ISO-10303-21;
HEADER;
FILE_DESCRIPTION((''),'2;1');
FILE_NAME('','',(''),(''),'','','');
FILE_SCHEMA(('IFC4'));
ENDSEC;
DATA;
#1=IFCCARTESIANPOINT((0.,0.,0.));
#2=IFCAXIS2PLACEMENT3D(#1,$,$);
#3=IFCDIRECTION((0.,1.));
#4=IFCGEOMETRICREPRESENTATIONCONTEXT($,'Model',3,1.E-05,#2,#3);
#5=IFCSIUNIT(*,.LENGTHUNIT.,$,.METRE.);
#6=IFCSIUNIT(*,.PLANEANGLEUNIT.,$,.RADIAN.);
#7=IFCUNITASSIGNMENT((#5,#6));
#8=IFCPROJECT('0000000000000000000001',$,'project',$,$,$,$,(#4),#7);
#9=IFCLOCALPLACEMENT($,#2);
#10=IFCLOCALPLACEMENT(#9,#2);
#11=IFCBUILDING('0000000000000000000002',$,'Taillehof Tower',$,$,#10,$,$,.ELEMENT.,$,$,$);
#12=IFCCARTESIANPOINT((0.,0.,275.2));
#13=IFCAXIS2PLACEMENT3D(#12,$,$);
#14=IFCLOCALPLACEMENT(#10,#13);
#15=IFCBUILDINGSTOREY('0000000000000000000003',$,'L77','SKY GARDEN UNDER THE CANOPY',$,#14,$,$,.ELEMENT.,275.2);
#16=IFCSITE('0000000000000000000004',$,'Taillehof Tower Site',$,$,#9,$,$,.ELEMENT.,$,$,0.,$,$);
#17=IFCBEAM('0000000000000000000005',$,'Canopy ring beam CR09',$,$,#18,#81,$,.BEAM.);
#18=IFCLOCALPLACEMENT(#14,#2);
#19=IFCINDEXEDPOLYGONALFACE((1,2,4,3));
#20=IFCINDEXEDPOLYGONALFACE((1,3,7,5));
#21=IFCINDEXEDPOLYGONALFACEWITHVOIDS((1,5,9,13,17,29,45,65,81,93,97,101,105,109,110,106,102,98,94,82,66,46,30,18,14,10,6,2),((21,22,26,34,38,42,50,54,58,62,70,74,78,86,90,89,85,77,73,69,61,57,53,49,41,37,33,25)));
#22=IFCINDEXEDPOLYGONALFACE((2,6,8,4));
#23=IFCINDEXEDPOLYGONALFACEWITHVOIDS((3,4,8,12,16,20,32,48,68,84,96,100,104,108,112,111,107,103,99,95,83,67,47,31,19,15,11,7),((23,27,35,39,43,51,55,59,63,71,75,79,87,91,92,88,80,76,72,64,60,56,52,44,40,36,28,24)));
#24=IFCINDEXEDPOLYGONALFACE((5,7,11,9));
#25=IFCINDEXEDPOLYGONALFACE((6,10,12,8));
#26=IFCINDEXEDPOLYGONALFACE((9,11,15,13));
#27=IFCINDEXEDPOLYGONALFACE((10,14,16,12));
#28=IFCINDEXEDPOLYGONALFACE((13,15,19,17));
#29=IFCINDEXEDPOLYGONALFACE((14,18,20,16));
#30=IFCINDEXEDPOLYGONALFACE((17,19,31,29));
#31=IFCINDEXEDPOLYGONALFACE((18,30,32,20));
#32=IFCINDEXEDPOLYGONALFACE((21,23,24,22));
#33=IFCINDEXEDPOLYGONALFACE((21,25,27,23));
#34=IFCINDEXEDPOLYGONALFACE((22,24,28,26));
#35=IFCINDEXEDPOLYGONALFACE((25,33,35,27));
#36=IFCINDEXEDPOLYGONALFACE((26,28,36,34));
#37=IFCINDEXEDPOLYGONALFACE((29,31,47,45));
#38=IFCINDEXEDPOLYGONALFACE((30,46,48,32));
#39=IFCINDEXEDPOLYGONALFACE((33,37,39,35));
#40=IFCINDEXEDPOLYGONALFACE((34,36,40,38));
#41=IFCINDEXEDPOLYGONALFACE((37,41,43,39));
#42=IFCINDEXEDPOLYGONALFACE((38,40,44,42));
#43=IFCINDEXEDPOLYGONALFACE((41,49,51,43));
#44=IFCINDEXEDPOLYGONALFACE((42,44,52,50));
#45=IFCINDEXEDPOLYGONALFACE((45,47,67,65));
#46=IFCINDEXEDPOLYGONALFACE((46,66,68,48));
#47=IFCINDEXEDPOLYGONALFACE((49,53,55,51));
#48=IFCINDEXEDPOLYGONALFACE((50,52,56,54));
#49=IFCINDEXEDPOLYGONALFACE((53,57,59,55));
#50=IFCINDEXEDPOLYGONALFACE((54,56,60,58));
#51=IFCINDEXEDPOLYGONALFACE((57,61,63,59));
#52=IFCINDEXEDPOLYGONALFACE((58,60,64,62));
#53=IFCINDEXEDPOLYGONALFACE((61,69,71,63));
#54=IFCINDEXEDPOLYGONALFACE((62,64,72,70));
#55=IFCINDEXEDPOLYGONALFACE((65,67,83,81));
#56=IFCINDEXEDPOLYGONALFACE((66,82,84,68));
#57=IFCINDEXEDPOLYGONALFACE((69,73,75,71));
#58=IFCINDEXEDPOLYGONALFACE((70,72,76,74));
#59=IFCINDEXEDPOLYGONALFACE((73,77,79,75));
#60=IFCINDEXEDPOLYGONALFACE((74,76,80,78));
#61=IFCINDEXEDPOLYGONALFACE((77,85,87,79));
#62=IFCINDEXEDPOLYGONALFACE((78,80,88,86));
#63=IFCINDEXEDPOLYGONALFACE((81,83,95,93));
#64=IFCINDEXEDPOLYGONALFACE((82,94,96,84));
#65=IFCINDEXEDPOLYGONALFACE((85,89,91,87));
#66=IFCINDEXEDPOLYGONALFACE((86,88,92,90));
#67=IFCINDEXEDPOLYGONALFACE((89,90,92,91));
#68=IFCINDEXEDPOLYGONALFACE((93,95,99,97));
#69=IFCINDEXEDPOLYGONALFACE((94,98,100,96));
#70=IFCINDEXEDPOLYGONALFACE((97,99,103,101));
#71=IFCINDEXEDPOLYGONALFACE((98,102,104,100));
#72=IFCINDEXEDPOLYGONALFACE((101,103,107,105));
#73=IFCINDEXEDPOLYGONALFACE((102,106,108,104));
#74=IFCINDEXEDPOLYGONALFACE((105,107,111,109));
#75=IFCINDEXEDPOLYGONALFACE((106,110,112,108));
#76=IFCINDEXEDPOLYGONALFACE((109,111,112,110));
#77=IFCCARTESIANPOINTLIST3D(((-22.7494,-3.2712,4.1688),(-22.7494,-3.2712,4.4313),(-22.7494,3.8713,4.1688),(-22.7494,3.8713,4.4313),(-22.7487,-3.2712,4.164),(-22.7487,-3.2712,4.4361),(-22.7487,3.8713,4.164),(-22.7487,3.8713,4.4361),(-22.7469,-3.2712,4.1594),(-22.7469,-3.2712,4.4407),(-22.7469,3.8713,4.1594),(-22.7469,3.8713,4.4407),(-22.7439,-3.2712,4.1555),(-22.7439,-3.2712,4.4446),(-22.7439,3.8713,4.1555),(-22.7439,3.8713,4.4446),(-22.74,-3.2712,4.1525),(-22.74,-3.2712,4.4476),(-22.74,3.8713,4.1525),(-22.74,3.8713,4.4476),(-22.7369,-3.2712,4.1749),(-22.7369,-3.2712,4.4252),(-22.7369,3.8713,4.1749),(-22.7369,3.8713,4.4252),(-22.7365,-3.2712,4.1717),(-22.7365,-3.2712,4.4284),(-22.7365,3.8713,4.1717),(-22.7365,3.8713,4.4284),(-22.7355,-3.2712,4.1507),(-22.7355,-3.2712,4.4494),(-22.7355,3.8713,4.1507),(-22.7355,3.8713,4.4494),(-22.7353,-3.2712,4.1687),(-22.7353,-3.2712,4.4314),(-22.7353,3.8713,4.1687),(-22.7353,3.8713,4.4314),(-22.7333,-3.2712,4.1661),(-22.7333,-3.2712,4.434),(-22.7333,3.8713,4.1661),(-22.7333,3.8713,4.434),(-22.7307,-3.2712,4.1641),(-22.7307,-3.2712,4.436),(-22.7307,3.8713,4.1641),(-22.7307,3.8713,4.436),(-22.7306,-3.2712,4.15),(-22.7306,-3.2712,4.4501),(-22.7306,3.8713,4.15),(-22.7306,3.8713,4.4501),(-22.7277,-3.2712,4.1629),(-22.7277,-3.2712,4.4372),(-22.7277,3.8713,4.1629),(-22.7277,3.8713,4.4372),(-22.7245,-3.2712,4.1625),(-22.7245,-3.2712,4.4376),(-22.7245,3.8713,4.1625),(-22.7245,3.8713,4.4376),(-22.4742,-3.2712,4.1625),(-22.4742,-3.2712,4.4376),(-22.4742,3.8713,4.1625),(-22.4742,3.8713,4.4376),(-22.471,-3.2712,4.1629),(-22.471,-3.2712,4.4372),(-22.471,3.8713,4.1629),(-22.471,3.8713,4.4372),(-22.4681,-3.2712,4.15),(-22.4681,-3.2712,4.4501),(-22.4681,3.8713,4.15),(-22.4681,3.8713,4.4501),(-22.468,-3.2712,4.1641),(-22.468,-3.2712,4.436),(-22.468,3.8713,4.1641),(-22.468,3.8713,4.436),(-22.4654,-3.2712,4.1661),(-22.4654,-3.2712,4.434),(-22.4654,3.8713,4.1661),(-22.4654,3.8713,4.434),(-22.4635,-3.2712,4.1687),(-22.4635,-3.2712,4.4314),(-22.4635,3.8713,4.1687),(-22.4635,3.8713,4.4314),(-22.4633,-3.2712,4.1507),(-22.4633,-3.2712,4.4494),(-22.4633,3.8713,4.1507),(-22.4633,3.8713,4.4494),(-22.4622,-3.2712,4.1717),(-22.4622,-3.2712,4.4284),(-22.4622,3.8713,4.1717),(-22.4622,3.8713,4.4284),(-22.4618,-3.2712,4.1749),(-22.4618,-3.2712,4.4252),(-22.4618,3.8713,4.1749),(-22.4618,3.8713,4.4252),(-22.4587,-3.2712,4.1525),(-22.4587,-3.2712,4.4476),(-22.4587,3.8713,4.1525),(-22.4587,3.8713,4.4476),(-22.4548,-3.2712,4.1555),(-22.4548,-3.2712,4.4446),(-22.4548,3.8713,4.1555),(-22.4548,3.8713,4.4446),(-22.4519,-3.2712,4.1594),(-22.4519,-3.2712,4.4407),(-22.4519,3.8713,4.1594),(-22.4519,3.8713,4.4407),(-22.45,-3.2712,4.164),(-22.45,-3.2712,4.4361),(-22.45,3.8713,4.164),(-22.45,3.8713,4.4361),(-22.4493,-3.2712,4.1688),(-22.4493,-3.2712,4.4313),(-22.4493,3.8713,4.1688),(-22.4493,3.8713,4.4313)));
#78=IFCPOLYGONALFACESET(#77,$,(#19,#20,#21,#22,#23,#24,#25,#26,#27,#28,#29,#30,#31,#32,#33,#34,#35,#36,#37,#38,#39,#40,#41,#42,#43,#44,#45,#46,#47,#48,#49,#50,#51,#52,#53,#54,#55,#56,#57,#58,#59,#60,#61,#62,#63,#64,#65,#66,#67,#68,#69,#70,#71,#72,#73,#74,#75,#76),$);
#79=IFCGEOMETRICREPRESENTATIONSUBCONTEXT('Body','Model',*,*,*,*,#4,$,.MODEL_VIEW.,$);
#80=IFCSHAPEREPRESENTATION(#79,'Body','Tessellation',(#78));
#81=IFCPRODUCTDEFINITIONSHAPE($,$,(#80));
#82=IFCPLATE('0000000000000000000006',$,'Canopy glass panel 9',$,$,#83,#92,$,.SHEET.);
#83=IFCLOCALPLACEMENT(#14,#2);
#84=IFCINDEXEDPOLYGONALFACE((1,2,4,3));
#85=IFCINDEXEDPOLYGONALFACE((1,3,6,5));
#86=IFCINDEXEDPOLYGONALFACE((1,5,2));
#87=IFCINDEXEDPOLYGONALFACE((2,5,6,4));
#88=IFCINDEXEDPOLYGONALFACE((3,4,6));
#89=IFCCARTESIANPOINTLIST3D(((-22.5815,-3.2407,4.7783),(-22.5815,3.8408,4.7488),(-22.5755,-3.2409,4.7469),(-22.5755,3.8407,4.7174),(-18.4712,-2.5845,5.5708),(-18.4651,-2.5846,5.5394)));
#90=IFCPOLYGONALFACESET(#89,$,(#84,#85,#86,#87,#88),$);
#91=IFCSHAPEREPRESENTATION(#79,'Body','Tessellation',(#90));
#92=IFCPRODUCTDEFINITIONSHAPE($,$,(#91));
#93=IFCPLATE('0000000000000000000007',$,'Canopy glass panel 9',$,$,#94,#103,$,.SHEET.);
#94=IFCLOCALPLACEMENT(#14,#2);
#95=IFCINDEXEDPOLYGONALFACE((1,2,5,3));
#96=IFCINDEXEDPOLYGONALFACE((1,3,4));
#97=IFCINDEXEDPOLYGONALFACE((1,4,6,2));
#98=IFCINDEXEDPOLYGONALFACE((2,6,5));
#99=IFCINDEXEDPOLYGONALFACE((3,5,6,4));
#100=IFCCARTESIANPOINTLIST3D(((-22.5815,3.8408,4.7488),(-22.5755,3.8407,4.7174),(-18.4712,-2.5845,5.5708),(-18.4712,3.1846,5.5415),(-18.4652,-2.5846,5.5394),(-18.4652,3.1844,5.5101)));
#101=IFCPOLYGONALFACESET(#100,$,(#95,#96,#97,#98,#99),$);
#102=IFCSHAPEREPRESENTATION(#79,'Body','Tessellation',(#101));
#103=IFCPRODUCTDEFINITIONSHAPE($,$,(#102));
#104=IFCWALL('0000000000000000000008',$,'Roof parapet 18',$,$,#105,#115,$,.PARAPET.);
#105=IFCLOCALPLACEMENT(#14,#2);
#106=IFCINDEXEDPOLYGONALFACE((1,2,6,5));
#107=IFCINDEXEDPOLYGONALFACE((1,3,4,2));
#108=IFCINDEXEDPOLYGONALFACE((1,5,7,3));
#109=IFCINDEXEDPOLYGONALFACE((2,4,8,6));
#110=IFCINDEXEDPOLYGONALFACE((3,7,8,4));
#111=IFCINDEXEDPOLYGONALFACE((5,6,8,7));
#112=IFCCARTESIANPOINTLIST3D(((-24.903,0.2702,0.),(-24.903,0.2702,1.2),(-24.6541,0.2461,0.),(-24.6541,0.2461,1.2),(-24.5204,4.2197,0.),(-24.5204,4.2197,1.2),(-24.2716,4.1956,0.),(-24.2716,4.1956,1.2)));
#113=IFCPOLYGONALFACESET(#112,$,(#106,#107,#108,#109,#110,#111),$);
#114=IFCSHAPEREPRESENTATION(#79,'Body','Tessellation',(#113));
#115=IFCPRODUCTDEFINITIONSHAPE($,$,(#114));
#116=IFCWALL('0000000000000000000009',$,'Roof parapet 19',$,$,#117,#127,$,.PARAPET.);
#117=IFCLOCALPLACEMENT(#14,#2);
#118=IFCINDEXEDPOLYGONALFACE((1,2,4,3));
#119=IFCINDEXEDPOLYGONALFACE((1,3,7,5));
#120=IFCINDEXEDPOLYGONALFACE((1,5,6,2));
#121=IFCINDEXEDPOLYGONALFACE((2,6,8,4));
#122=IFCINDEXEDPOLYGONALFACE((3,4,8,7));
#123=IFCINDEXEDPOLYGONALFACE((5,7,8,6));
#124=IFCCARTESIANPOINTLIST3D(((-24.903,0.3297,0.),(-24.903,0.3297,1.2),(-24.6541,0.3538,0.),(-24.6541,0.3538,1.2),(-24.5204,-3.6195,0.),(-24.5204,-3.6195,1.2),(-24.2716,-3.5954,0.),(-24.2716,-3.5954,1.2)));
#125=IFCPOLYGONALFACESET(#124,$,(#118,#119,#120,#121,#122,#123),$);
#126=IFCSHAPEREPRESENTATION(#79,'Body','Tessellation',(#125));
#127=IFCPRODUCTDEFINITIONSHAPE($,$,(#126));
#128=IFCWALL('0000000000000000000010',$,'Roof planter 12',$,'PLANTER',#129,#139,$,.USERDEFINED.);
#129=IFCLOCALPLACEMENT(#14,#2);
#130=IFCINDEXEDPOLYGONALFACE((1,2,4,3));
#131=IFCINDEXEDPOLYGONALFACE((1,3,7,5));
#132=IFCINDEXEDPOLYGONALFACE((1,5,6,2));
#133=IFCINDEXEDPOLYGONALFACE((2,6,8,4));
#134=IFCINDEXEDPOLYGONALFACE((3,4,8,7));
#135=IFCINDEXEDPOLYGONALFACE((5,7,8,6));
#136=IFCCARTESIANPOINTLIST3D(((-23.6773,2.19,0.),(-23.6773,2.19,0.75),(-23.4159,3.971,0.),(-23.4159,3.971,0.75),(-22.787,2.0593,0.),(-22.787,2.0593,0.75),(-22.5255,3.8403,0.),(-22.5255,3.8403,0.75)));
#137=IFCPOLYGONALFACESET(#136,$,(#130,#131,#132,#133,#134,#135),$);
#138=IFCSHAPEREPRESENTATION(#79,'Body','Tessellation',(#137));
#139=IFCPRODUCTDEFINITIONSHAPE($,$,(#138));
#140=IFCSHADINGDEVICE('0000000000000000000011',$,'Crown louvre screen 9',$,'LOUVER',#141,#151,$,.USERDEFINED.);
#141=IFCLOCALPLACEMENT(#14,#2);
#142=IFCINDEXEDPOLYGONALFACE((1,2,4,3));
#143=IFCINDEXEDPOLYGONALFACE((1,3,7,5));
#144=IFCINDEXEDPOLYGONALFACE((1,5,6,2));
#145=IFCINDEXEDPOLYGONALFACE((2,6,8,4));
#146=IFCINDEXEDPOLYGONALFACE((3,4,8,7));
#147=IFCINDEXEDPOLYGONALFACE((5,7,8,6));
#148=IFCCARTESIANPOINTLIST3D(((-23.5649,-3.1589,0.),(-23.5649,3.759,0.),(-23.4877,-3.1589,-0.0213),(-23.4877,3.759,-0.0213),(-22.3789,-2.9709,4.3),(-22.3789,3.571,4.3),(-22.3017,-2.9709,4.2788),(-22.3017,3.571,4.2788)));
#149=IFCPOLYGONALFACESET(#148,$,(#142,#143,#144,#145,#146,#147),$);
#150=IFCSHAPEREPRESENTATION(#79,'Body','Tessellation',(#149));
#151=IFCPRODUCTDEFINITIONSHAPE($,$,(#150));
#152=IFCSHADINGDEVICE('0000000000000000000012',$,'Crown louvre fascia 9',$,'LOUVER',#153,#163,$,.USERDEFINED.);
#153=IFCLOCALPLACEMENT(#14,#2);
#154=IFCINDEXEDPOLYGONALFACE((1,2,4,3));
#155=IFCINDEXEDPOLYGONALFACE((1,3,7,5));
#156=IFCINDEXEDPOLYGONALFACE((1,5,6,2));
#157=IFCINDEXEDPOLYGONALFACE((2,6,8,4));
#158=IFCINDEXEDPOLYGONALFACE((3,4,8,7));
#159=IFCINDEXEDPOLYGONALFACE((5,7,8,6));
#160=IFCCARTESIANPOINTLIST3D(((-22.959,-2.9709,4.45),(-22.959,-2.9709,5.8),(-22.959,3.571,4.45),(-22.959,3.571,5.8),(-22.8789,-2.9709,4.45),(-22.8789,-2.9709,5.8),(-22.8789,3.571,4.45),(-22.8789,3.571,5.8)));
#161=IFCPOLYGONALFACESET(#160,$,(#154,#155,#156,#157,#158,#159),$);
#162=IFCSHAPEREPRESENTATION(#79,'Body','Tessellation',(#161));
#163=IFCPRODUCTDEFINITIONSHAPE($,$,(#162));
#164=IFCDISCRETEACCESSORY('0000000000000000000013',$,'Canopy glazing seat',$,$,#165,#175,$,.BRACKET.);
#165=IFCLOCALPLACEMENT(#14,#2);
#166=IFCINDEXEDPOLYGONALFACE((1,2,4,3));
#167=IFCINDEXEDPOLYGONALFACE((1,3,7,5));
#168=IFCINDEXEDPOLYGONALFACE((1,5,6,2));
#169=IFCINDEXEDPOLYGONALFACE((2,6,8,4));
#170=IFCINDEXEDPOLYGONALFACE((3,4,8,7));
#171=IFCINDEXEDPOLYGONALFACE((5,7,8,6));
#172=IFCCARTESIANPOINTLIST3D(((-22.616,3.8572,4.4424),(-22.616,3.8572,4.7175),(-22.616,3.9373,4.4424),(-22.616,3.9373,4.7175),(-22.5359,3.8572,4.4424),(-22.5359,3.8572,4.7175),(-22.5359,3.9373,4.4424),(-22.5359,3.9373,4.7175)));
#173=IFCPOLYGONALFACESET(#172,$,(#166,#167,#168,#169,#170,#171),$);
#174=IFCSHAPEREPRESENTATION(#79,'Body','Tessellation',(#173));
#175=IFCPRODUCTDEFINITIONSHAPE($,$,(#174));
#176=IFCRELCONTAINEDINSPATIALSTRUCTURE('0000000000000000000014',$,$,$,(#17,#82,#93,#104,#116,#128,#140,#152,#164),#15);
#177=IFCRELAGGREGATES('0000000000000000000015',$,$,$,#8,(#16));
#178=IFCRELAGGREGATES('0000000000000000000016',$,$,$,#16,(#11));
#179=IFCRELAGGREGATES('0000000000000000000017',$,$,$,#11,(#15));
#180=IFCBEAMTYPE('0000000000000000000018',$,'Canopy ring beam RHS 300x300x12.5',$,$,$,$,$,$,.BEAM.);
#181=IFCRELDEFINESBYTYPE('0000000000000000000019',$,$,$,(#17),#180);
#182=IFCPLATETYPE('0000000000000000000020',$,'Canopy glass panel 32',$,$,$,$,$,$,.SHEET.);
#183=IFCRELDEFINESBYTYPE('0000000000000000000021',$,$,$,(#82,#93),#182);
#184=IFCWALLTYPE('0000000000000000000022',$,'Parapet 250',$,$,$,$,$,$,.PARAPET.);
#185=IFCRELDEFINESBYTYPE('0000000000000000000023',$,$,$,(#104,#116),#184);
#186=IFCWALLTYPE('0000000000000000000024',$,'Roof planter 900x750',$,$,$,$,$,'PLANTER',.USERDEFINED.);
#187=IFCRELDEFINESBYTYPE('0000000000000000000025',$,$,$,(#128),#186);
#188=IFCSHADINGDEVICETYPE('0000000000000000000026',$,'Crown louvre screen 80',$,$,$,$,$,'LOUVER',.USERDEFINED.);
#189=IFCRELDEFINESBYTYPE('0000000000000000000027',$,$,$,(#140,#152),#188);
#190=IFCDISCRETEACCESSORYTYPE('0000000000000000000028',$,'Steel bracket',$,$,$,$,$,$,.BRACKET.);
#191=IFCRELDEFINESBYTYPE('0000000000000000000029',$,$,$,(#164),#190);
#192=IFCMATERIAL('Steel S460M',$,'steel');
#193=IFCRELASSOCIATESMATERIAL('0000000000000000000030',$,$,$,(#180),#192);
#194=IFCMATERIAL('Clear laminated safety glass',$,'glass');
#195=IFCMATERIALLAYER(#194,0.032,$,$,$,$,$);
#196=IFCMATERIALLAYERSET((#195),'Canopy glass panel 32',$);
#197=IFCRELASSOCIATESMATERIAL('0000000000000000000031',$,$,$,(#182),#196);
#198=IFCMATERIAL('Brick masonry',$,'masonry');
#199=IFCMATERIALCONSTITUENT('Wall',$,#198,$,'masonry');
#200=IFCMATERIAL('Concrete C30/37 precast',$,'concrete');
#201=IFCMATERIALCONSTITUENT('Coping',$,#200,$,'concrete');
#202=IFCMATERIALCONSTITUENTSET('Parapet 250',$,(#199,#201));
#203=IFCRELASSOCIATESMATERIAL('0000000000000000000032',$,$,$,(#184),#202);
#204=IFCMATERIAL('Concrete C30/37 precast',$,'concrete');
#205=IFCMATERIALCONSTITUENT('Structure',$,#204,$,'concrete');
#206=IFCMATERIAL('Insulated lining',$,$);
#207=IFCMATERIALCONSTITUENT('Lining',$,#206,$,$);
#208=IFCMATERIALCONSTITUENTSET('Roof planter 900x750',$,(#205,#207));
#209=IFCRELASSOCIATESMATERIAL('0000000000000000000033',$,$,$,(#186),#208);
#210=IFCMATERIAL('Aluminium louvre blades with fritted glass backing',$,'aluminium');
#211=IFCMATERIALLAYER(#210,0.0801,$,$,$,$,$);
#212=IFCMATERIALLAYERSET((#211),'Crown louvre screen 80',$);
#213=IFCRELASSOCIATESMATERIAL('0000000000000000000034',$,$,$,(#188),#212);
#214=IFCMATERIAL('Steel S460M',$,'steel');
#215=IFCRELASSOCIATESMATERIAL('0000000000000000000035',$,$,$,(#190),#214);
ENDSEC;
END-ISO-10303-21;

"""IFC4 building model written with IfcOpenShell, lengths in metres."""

from ifc_helpers import new_model, si_unit, direction, frame, frame_2d, origin, origin_2d, place, context, subcontext, project, spatial, polyline, rectangle, hollow_rectangle, outline, extrude, material, layer, layer_set, constituent, constituent_set, material_profile, profile_set, type_object, element, save


model = new_model("IFC4")

# Units and contexts
model_context = context("Model", 3, precision=1e-05, world=origin(), true_north=direction((0.0, 1.0)))
body_context = subcontext(model_context, "Body", "Model", "MODEL_VIEW")
ifc_project = project(units=[si_unit("LENGTHUNIT", "METRE"), si_unit("PLANEANGLEUNIT", "RADIAN")], contexts=[model_context])

# Site, building, storey
site_placement = place(None, origin())
site = spatial("IfcSite", under=ifc_project, at=site_placement, Name="Taillehof Tower Site", CompositionType="ELEMENT", RefElevation=0.0)
building_placement = place(site_placement, origin())
building = spatial("IfcBuilding", under=site, at=building_placement, Name="Taillehof Tower", CompositionType="ELEMENT")
storey_placement = place(building_placement, frame((0.0, 0.0, 275.2)))
storey = spatial("IfcBuildingStorey", under=building, at=storey_placement, Name="L77", Description="SKY GARDEN UNDER THE CANOPY", CompositionType="ELEMENT", Elevation=275.2)

# Beam
ifc_material_1 = material(Name="Steel S460M", Category="steel")
ifc_material_profile_1 = material_profile(ifc_material_1, hollow_rectangle(XDim=0.3, YDim=0.3, WallThickness=0.0125, InnerFilletRadius=0.0125, OuterFilletRadius=0.0188, at=origin_2d()), Name="RHS 300x300x12.5")
ifc_profile_set_1 = profile_set([ifc_material_profile_1], Name="Steel S460M")
beam_type_1 = type_object("IfcBeamType", Name="Canopy ring beam RHS 300x300x12.5", PredefinedType="BEAM", material=ifc_profile_set_1)
beam_1_placement = place(storey_placement, frame((-22.5994, 3.8713, 4.3), z_axis=(0.0, -1.0, 0.0), x_axis=(1.0, 0.0, 0.0)))
element("IfcBeam", 1, at=beam_1_placement, inside=storey, type_object=beam_type_1, Name="Canopy ring beam CR09", PredefinedType="BEAM", context=body_context, shape_type="SweptSolid", body=[
    extrude(hollow_rectangle(XDim=0.3, YDim=0.3, WallThickness=0.0125, InnerFilletRadius=0.0125, OuterFilletRadius=0.0188, at=origin_2d()), origin(), (0.0, 0.0, 1.0), 7.1426),
])

# Plates
ifc_material_2 = material(Name="Clear laminated safety glass", Category="glass")
ifc_layer_1 = layer(ifc_material_2, 0.032)
ifc_layer_set_1 = layer_set([ifc_layer_1], Name="Canopy glass panel 32")
plate_type = type_object("IfcPlateType", Name="Canopy glass panel 32", PredefinedType="SHEET", material=ifc_layer_set_1)
plate_1_placement = place(storey_placement, frame((-22.5815, 3.8408, 4.7488), z_axis=(-0.189943, 0.004096, 0.981786), x_axis=(0.0, -0.999991, 0.004172)))
element("IfcPlate", 2, at=plate_1_placement, inside=storey, type_object=plate_type, Name="Canopy glass panel 9", PredefinedType="SHEET", context=body_context, shape_type="SweptSolid", body=[
    extrude(outline(polyline([(0.0, 0.0), (7.0816, 0.0), (6.4287, 4.1866), (0.0, 0.0)])), origin(), (0.0, 0.0, -1.0), 0.032),
])
plate_2_placement = place(storey_placement, frame((-22.5815, 3.8408, 4.7488), z_axis=(-0.188601, 0.004987, 0.982041), x_axis=(0.535781, -0.837531, 0.10715)))
element("IfcPlate", 3, at=plate_2_placement, inside=storey, type_object=plate_type, Name="Canopy glass panel 9", PredefinedType="SHEET", context=body_context, shape_type="SweptSolid", body=[
    extrude(outline(polyline([(0.0, 0.0), (7.6717, 0.0), (2.8368, 3.1475), (0.0, 0.0)])), origin(), (0.0, 0.0, -1.0), 0.032),
])

# Walls
ifc_material_3 = material(Name="Brick masonry", Category="masonry")
ifc_constituent_1 = constituent(ifc_material_3, Name="Wall", Category="masonry")
ifc_material_4 = material(Name="Concrete C30/37 precast", Category="concrete")
ifc_constituent_2 = constituent(ifc_material_4, Name="Coping", Category="concrete")
ifc_constituent_set_1 = constituent_set(constituents=[ifc_constituent_1, ifc_constituent_2], Name="Parapet 250")
wall_type_1 = type_object("IfcWallType", Name="Parapet 250", PredefinedType="PARAPET", material=ifc_constituent_set_1)
wall_1_placement = place(storey_placement, frame((-24.396, 4.2075, 0.0), z_axis=(0.0, 0.0, 1.0), x_axis=(-0.096415, -0.995341, 0.0)))
element("IfcWall", 4, at=wall_1_placement, inside=storey, type_object=wall_type_1, Name="Roof parapet 18", PredefinedType="PARAPET", context=body_context, shape_type="SweptSolid", body=[
    extrude(rectangle(XDim=3.968, YDim=0.25, at=frame_2d((1.9839, 0.0))), origin(), (0.0, 0.0, 1.0), 1.2),
])
wall_2_placement = place(storey_placement, frame((-24.7786, 0.3418, 0.0), z_axis=(0.0, 0.0, 1.0), x_axis=(0.096421, -0.995341, 0.0)))
element("IfcWall", 5, at=wall_2_placement, inside=storey, type_object=wall_type_1, Name="Roof parapet 19", PredefinedType="PARAPET", context=body_context, shape_type="SweptSolid", body=[
    extrude(rectangle(XDim=3.9678, YDim=0.25, at=frame_2d((1.9839, 0.0))), origin(), (0.0, 0.0, 1.0), 1.2),
])
ifc_material_5 = material(Name="Concrete C30/37 precast", Category="concrete")
ifc_constituent_3 = constituent(ifc_material_5, Name="Structure", Category="concrete")
ifc_material_6 = material(Name="Insulated lining")
ifc_constituent_4 = constituent(ifc_material_6, Name="Lining")
ifc_constituent_set_2 = constituent_set(constituents=[ifc_constituent_3, ifc_constituent_4], Name="Roof planter 900x750")
wall_type_2 = type_object("IfcWallType", Name="Roof planter 900x750", ElementType="PLANTER", PredefinedType="USERDEFINED", material=ifc_constituent_set_2)
wall_3_placement = place(storey_placement, frame((-22.9707, 3.9055, 0.0), z_axis=(0.0, 0.0, 1.0), x_axis=(-0.145256, -0.989394, 0.0)))
element("IfcWall", 6, at=wall_3_placement, inside=storey, type_object=wall_type_2, Name="Roof planter 12", ObjectType="PLANTER", PredefinedType="USERDEFINED", context=body_context, shape_type="SweptSolid", body=[
    extrude(rectangle(XDim=1.8, YDim=0.8999, at=frame_2d((0.8999, 0.0))), origin(), (0.0, 0.0, 1.0), 0.75),
])

# Shading devices
ifc_material_7 = material(Name="Aluminium louvre blades with fritted glass backing", Category="aluminium")
ifc_layer_2 = layer(ifc_material_7, 0.0801)
ifc_layer_set_2 = layer_set([ifc_layer_2], Name="Crown louvre screen 80")
shading_device_type = type_object("IfcShadingDeviceType", Name="Crown louvre screen 80", ElementType="LOUVER", PredefinedType="USERDEFINED", material=ifc_layer_set_2)
shading_device_1_placement = place(storey_placement, frame((-23.5649, 3.759, 0.0), z_axis=(-0.964003, 0.0, 0.26589), x_axis=(0.0, -1.0, 0.0)))
element("IfcShadingDevice", 7, at=shading_device_1_placement, inside=storey, type_object=shading_device_type, Name="Crown louvre screen 9", ObjectType="LOUVER", PredefinedType="USERDEFINED", context=body_context, shape_type="SweptSolid", body=[
    extrude(outline(polyline([(0.0, 0.0), (6.918, 0.0), (6.73, 4.4606), (0.188, 4.4606), (0.0, 0.0)])), origin(), (0.0, 0.0, -1.0), 0.0801),
])
shading_device_2_placement = place(storey_placement, frame((-22.959, 3.571, 4.45), z_axis=(-1.0, 0.0, 0.0), x_axis=(0.0, -1.0, 0.0)))
element("IfcShadingDevice", 8, at=shading_device_2_placement, inside=storey, type_object=shading_device_type, Name="Crown louvre fascia 9", ObjectType="LOUVER", PredefinedType="USERDEFINED", context=body_context, shape_type="SweptSolid", body=[
    extrude(outline(polyline([(0.0, 0.0), (6.542, 0.0), (6.542, 1.3501), (0.0, 1.3501), (0.0, 0.0)])), origin(), (0.0, 0.0, -1.0), 0.0801),
])

# Discrete accessory
ifc_material_8 = material(Name="Steel S460M", Category="steel")
discrete_accessory_type_1 = type_object("IfcDiscreteAccessoryType", Name="Steel bracket", PredefinedType="BRACKET", material=ifc_material_8)
discrete_accessory_placement = place(storey_placement, frame((-22.5759, 3.8972, 4.4424), z_axis=(0.0, 0.0, 1.0), x_axis=(1.0, 0.0, 0.0)))
element("IfcDiscreteAccessory", 9, at=discrete_accessory_placement, inside=storey, type_object=discrete_accessory_type_1, Name="Canopy glazing seat", PredefinedType="BRACKET", context=body_context, shape_type="SweptSolid", body=[
    extrude(rectangle(XDim=0.0801, YDim=0.0801, at=origin_2d()), origin(), (0.0, 0.0, 1.0), 0.2751),
])

save(model, "model.ifc")
